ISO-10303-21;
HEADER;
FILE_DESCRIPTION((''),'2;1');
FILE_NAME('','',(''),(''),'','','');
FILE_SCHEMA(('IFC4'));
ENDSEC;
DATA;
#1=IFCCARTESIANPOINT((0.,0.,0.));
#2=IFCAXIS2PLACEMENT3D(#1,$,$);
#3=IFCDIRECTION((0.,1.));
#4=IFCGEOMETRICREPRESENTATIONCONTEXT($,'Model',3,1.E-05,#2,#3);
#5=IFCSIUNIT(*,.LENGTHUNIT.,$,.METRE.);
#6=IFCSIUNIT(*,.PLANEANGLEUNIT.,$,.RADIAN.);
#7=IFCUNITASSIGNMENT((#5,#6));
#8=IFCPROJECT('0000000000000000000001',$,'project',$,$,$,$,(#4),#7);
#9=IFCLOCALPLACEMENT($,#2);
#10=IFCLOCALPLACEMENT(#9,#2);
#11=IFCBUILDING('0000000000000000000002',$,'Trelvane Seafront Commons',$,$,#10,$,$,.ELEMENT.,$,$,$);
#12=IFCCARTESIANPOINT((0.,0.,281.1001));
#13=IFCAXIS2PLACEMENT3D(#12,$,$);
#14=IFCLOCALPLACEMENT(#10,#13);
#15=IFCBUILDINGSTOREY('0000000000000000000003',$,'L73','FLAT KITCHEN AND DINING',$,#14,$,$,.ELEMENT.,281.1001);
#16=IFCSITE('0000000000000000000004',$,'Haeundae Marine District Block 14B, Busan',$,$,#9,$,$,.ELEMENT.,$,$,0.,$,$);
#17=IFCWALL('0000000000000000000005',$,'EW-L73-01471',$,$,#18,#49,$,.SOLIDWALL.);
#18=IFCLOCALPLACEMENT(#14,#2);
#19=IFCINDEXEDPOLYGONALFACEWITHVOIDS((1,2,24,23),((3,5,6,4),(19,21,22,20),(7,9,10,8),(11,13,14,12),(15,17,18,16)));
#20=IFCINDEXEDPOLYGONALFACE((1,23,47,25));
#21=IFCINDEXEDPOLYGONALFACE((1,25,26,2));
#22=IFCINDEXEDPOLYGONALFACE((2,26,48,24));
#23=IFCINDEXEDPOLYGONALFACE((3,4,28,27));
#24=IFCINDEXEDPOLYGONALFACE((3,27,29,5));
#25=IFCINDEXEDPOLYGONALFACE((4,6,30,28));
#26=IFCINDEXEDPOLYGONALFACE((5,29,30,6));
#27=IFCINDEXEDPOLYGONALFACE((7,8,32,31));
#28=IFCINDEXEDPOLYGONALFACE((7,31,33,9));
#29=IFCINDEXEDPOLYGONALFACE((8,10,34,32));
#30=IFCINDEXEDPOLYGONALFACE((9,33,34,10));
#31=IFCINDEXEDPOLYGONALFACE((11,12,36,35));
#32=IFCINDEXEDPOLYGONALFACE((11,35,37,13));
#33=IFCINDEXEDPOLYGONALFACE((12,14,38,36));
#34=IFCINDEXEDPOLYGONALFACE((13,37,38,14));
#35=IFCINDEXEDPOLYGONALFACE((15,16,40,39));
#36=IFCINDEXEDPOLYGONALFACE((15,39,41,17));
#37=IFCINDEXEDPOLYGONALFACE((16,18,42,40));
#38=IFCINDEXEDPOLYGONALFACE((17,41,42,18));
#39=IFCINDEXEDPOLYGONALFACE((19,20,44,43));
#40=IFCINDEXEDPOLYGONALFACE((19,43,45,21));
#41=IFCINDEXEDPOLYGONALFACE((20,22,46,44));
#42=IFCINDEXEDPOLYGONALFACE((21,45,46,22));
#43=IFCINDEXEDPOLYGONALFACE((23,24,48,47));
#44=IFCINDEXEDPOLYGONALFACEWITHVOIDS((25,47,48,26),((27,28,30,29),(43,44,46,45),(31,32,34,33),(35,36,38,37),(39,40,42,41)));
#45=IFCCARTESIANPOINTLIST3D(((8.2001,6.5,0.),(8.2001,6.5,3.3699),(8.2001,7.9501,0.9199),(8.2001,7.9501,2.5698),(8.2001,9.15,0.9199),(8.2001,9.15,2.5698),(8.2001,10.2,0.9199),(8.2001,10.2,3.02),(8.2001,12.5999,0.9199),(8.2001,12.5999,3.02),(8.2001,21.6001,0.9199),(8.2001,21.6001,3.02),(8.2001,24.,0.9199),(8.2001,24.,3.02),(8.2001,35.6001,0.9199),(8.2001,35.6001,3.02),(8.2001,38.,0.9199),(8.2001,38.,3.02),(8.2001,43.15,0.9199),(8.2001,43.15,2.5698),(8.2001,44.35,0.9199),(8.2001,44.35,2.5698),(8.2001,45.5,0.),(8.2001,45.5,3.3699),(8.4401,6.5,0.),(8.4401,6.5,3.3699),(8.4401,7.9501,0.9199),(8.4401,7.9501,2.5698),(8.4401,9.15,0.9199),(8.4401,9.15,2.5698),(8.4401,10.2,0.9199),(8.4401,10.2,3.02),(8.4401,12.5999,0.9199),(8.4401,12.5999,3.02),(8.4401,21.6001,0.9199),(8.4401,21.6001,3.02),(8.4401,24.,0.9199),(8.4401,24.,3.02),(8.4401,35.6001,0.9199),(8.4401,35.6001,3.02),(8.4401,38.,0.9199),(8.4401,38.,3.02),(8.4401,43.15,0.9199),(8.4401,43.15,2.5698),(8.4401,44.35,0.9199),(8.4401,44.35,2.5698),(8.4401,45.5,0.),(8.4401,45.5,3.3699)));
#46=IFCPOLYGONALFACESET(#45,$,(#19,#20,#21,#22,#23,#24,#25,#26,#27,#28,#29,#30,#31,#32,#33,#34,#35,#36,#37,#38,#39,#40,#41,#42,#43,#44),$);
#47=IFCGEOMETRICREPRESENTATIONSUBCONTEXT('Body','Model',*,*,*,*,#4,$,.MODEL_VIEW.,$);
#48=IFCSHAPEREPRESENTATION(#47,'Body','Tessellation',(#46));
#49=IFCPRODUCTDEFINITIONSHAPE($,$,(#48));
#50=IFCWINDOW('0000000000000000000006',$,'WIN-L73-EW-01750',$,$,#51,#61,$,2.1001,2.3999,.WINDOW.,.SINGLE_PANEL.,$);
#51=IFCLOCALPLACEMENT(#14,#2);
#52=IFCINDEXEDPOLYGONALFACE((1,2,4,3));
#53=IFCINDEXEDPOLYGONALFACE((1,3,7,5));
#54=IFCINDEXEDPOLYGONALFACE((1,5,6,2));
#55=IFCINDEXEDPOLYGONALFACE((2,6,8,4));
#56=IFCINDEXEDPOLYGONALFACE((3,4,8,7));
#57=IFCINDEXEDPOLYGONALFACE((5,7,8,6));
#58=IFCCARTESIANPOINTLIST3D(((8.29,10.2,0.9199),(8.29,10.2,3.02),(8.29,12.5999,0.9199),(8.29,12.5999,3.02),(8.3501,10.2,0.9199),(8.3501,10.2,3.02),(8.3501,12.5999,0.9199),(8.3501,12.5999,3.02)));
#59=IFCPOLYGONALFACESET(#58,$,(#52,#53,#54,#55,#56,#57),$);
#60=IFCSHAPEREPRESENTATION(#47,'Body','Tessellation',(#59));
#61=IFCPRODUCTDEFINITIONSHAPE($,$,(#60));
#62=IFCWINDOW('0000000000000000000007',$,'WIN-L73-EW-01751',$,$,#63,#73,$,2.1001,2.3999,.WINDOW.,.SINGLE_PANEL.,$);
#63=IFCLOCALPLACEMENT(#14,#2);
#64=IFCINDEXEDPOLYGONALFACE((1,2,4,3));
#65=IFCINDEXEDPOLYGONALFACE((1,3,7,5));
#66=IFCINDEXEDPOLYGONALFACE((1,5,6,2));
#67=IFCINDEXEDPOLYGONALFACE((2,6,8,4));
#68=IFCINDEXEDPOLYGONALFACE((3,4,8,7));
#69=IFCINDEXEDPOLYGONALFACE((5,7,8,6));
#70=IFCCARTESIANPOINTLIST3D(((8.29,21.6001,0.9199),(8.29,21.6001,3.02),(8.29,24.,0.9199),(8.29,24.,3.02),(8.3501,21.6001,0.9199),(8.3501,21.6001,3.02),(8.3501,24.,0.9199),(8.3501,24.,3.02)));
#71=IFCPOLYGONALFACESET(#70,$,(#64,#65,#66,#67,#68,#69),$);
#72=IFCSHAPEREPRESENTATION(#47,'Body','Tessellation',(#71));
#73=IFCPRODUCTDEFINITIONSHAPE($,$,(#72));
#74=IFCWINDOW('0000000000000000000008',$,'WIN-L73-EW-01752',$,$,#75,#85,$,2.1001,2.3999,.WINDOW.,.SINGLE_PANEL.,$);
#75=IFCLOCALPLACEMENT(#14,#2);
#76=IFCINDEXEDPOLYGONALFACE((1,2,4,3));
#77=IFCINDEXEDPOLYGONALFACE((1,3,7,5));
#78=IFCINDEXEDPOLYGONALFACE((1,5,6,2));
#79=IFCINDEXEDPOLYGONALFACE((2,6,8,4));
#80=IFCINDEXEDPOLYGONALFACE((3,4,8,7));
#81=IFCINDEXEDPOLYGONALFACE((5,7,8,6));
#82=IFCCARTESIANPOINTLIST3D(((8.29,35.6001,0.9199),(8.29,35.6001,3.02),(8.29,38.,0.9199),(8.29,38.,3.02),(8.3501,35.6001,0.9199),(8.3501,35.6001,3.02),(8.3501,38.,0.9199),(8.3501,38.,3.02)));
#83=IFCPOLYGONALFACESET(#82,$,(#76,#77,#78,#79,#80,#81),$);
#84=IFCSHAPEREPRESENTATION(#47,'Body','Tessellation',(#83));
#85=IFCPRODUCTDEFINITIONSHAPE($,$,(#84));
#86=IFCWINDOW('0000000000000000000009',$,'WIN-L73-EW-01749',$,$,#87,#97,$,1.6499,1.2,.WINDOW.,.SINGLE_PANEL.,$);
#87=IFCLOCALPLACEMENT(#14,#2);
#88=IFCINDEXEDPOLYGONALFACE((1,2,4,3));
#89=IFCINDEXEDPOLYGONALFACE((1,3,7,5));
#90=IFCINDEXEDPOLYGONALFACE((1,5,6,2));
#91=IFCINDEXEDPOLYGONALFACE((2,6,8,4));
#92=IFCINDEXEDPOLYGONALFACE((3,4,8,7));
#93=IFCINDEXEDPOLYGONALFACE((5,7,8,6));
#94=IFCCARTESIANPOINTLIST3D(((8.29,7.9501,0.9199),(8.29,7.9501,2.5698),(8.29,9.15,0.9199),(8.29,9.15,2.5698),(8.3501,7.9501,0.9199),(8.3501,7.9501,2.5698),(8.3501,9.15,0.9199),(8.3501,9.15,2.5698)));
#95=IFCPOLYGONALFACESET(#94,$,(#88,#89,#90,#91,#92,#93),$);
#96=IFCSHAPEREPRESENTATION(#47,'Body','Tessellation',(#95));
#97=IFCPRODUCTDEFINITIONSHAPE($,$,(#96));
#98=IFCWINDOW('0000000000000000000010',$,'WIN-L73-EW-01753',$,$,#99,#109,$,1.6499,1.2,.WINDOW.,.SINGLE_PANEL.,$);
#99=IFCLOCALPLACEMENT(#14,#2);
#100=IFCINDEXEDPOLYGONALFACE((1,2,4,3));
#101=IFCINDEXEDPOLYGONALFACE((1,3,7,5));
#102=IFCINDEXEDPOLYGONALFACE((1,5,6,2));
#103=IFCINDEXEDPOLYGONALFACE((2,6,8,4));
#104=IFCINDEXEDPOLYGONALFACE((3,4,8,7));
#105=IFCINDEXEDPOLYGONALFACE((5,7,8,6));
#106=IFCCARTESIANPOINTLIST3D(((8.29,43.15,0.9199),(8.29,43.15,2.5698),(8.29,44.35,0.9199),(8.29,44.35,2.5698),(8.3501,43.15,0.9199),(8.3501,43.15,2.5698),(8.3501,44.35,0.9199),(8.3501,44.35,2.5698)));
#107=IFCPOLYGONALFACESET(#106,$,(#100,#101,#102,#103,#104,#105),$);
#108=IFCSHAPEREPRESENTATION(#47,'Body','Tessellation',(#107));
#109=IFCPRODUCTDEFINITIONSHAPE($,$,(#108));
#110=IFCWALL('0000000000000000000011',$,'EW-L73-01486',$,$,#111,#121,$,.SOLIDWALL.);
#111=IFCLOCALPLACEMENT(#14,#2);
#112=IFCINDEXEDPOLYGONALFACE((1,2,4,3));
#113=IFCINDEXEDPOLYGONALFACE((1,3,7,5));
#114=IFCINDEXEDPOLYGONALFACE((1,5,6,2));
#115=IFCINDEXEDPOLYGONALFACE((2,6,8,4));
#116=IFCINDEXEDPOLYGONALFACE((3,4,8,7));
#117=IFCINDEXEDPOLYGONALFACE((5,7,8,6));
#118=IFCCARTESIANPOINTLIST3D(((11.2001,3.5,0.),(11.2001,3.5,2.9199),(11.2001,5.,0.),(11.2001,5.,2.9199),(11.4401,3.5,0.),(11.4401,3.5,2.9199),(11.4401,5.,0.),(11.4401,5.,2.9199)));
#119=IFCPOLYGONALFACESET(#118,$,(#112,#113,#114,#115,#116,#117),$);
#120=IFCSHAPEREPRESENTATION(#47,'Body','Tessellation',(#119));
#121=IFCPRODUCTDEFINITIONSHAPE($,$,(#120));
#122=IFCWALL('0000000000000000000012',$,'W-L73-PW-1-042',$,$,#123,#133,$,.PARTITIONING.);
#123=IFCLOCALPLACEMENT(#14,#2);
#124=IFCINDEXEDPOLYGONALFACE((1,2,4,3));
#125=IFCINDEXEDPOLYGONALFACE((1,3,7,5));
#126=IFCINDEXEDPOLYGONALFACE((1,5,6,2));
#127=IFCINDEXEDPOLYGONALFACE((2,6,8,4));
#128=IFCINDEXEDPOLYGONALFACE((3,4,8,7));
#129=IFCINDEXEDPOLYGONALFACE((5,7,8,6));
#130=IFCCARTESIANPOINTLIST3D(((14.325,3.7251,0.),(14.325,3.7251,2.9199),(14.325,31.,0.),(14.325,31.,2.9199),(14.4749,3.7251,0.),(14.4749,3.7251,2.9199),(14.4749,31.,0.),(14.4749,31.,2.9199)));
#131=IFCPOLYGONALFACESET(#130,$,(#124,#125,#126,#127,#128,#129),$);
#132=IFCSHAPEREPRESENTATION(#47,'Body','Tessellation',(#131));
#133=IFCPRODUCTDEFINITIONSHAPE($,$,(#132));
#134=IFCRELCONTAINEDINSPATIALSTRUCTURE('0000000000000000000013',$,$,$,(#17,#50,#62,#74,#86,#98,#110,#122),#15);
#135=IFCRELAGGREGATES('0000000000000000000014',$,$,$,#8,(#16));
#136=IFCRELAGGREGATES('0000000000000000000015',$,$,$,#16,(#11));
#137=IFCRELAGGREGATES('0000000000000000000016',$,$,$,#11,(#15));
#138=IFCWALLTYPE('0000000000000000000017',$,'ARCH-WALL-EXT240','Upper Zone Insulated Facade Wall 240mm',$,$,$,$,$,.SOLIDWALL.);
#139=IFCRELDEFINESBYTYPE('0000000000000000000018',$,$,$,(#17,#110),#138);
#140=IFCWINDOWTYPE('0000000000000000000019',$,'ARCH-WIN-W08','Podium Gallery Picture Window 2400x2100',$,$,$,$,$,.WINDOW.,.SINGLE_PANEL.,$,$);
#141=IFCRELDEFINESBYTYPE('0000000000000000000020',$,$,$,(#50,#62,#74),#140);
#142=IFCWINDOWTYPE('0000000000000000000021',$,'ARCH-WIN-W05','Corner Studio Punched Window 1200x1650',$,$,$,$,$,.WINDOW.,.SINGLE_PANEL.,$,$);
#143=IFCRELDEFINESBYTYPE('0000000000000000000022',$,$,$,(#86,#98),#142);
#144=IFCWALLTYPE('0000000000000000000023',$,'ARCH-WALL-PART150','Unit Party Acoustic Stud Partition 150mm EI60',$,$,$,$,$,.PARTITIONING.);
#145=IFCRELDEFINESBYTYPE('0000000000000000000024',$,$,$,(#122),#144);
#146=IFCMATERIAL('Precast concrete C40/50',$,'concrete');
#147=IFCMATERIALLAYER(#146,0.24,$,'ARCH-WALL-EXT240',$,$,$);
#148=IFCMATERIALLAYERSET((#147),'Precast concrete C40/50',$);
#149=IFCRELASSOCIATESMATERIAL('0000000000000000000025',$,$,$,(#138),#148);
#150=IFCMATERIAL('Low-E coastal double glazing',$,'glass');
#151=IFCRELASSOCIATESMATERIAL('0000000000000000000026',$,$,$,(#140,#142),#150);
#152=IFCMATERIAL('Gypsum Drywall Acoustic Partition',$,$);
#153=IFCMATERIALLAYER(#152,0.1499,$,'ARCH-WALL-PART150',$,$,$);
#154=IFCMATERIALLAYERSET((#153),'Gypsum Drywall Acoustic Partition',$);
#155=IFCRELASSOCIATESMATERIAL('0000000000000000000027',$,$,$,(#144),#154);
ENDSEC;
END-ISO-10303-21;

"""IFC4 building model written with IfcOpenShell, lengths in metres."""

from ifc_helpers import new_model, si_unit, direction, frame, frame_2d, origin, place, context, subcontext, project, spatial, rectangle, extrude, source, transform, mapped, material, layer, layer_set, type_object, element, fill, save


model = new_model("IFC4")

# Units and contexts
model_context = context("Model", 3, precision=1e-05, world=origin(), true_north=direction((0.0, 1.0)))
body_context = subcontext(model_context, "Body", "Model", "MODEL_VIEW")
ifc_project = project(units=[si_unit("LENGTHUNIT", "METRE"), si_unit("PLANEANGLEUNIT", "RADIAN")], contexts=[model_context])

# Site, building, storey
site_placement = place(None, origin())
site = spatial("IfcSite", under=ifc_project, at=site_placement, Name="Haeundae Marine District Block 14B, Busan", CompositionType="ELEMENT", RefElevation=0.0)
building_placement = place(site_placement, origin())
building = spatial("IfcBuilding", under=site, at=building_placement, Name="Trelvane Seafront Commons", CompositionType="ELEMENT")
storey_placement = place(building_placement, frame((0.0, 0.0, 281.1001)))
storey = spatial("IfcBuildingStorey", under=building, at=storey_placement, Name="L73", Description="FLAT KITCHEN AND DINING", CompositionType="ELEMENT", Elevation=281.1001)

# Shared definitions
ifc_material_1 = material(Name="Precast concrete C40/50", Category="concrete")
ifc_layer_1 = layer(ifc_material_1, 0.24, Name="ARCH-WALL-EXT240")
ifc_layer_set_1 = layer_set([ifc_layer_1], Name="Precast concrete C40/50")
wall_type_1 = type_object("IfcWallType", Name="ARCH-WALL-EXT240", Description="Upper Zone Insulated Facade Wall 240mm", PredefinedType="SOLIDWALL", material=ifc_layer_set_1)

# Wall, openings, windows
wall_1_placement = place(storey_placement, frame((8.3201, 6.5, 0.0), z_axis=(0.0, 0.0, 1.0), x_axis=(0.0, 1.0, 0.0)))
wall_1 = element("IfcWall", 1, at=wall_1_placement, inside=storey, type_object=wall_type_1, Name="EW-L73-01471", PredefinedType="SOLIDWALL", context=body_context, shape_type="SweptSolid", body=[
    extrude(rectangle(XDim=39.0, YDim=0.24, at=frame_2d((19.5, 0.0))), origin(), (0.0, 0.0, 1.0), 3.3699),
])
opening_1_placement = place(wall_1_placement, frame((1.45, 0.0, 0.9199)))
opening_1 = element("IfcOpeningElement", 2, at=opening_1_placement, cuts=wall_1, PredefinedType="OPENING", context=body_context, shape_type="SweptSolid", body=[
    extrude(rectangle(XDim=1.2, YDim=1.6499, at=frame_2d((0.6001, 0.825))), frame((0.0, 0.1299, 0.0), z_axis=(0.0, -1.0, 0.0), x_axis=(1.0, 0.0, 0.0)), (0.0, 0.0, 1.0), 0.26),
])
opening_2_placement = place(wall_1_placement, frame((3.7, 0.0, 0.9199)))
opening_2 = element("IfcOpeningElement", 3, at=opening_2_placement, cuts=wall_1, PredefinedType="OPENING", context=body_context, shape_type="SweptSolid", body=[
    extrude(rectangle(XDim=2.3999, YDim=2.1001, at=frame_2d((1.2, 1.05))), frame((0.0, 0.1299, 0.0), z_axis=(0.0, -1.0, 0.0), x_axis=(1.0, 0.0, 0.0)), (0.0, 0.0, 1.0), 0.26),
])
opening_3_placement = place(wall_1_placement, frame((15.1001, 0.0, 0.9199)))
opening_3 = element("IfcOpeningElement", 4, at=opening_3_placement, cuts=wall_1, PredefinedType="OPENING", context=body_context, shape_type="SweptSolid", body=[
    extrude(rectangle(XDim=2.3999, YDim=2.1001, at=frame_2d((1.2, 1.05))), frame((0.0, 0.1299, 0.0), z_axis=(0.0, -1.0, 0.0), x_axis=(1.0, 0.0, 0.0)), (0.0, 0.0, 1.0), 0.26),
])
opening_4_placement = place(wall_1_placement, frame((29.1001, 0.0, 0.9199)))
opening_4 = element("IfcOpeningElement", 5, at=opening_4_placement, cuts=wall_1, PredefinedType="OPENING", context=body_context, shape_type="SweptSolid", body=[
    extrude(rectangle(XDim=2.3999, YDim=2.1001, at=frame_2d((1.2, 1.05))), frame((0.0, 0.1299, 0.0), z_axis=(0.0, -1.0, 0.0), x_axis=(1.0, 0.0, 0.0)), (0.0, 0.0, 1.0), 0.26),
])
opening_5_placement = place(wall_1_placement, frame((36.6499, 0.0, 0.9199)))
opening_5 = element("IfcOpeningElement", 6, at=opening_5_placement, cuts=wall_1, PredefinedType="OPENING", context=body_context, shape_type="SweptSolid", body=[
    extrude(rectangle(XDim=1.2, YDim=1.6499, at=frame_2d((0.6001, 0.825))), frame((0.0, 0.1299, 0.0), z_axis=(0.0, -1.0, 0.0), x_axis=(1.0, 0.0, 0.0)), (0.0, 0.0, 1.0), 0.26),
])
ifc_material_2 = material(Name="Low-E coastal double glazing", Category="glass")
window_type_1 = type_object("IfcWindowType", Name="ARCH-WIN-W08", Description="Podium Gallery Picture Window 2400x2100", PartitioningType="SINGLE_PANEL", PredefinedType="WINDOW", material=ifc_material_2)
shared_shape_1 = source(origin(), body_context, "Body", "SweptSolid", [
    extrude(rectangle(XDim=2.3999, YDim=2.1001, at=frame_2d((1.2, 1.05))), frame((0.0, 0.03, 0.0), z_axis=(0.0, -1.0, 0.0), x_axis=(1.0, 0.0, 0.0)), (0.0, 0.0, 1.0), 0.0601),
])
window_1_placement = place(opening_2_placement, origin())
window_1 = element("IfcWindow", 7, at=window_1_placement, inside=storey, type_object=window_type_1, Name="WIN-L73-EW-01750", OverallHeight=2.1001, OverallWidth=2.3999, PartitioningType="SINGLE_PANEL", PredefinedType="WINDOW", context=body_context, shape_type="MappedRepresentation", body=[
    mapped(shared_shape_1, transform((0.0, 0.0, 0.0), x_axis=(1.0, 0.0, 0.0), y_axis=(0.0, 1.0, 0.0), z_axis=(0.0, 0.0, 1.0), scale=1.0)),
])
fill(opening_2, window_1)
window_2_placement = place(opening_3_placement, origin())
window_2 = element("IfcWindow", 8, at=window_2_placement, inside=storey, type_object=window_type_1, Name="WIN-L73-EW-01751", OverallHeight=2.1001, OverallWidth=2.3999, PartitioningType="SINGLE_PANEL", PredefinedType="WINDOW", context=body_context, shape_type="MappedRepresentation", body=[
    mapped(shared_shape_1, transform((0.0, 0.0, 0.0), x_axis=(1.0, 0.0, 0.0), y_axis=(0.0, 1.0, 0.0), z_axis=(0.0, 0.0, 1.0), scale=1.0)),
])
fill(opening_3, window_2)
window_3_placement = place(opening_4_placement, origin())
window_3 = element("IfcWindow", 9, at=window_3_placement, inside=storey, type_object=window_type_1, Name="WIN-L73-EW-01752", OverallHeight=2.1001, OverallWidth=2.3999, PartitioningType="SINGLE_PANEL", PredefinedType="WINDOW", context=body_context, shape_type="MappedRepresentation", body=[
    mapped(shared_shape_1, transform((0.0, 0.0, 0.0), x_axis=(1.0, 0.0, 0.0), y_axis=(0.0, 1.0, 0.0), z_axis=(0.0, 0.0, 1.0), scale=1.0)),
])
fill(opening_4, window_3)
window_type_2 = type_object("IfcWindowType", Name="ARCH-WIN-W05", Description="Corner Studio Punched Window 1200x1650", PartitioningType="SINGLE_PANEL", PredefinedType="WINDOW", material=ifc_material_2)
shared_shape_2 = source(origin(), body_context, "Body", "SweptSolid", [
    extrude(rectangle(XDim=1.2, YDim=1.6499, at=frame_2d((0.6001, 0.825))), frame((0.0, 0.03, 0.0), z_axis=(0.0, -1.0, 0.0), x_axis=(1.0, 0.0, 0.0)), (0.0, 0.0, 1.0), 0.0601),
])
window_4_placement = place(opening_1_placement, origin())
window_4 = element("IfcWindow", 10, at=window_4_placement, inside=storey, type_object=window_type_2, Name="WIN-L73-EW-01749", OverallHeight=1.6499, OverallWidth=1.2, PartitioningType="SINGLE_PANEL", PredefinedType="WINDOW", context=body_context, shape_type="MappedRepresentation", body=[
    mapped(shared_shape_2, transform((0.0, 0.0, 0.0), x_axis=(1.0, 0.0, 0.0), y_axis=(0.0, 1.0, 0.0), z_axis=(0.0, 0.0, 1.0), scale=1.0)),
])
fill(opening_1, window_4)
window_5_placement = place(opening_5_placement, origin())
window_5 = element("IfcWindow", 11, at=window_5_placement, inside=storey, type_object=window_type_2, Name="WIN-L73-EW-01753", OverallHeight=1.6499, OverallWidth=1.2, PartitioningType="SINGLE_PANEL", PredefinedType="WINDOW", context=body_context, shape_type="MappedRepresentation", body=[
    mapped(shared_shape_2, transform((0.0, 0.0, 0.0), x_axis=(1.0, 0.0, 0.0), y_axis=(0.0, 1.0, 0.0), z_axis=(0.0, 0.0, 1.0), scale=1.0)),
])
fill(opening_5, window_5)

# Wall
wall_2_placement = place(storey_placement, frame((11.3201, 3.5, 0.0), z_axis=(0.0, 0.0, 1.0), x_axis=(0.0, 1.0, 0.0)))
element("IfcWall", 12, at=wall_2_placement, inside=storey, type_object=wall_type_1, Name="EW-L73-01486", PredefinedType="SOLIDWALL", context=body_context, shape_type="SweptSolid", body=[
    extrude(rectangle(XDim=1.5, YDim=0.24, at=frame_2d((0.75, 0.0))), origin(), (0.0, 0.0, 1.0), 2.9199),
])

# Shared definitions
ifc_material_3 = material(Name="Gypsum Drywall Acoustic Partition")

# Wall
ifc_layer_2 = layer(ifc_material_3, 0.1499, Name="ARCH-WALL-PART150")
ifc_layer_set_2 = layer_set([ifc_layer_2], Name="Gypsum Drywall Acoustic Partition")
wall_type_2 = type_object("IfcWallType", Name="ARCH-WALL-PART150", Description="Unit Party Acoustic Stud Partition 150mm EI60", PredefinedType="PARTITIONING", material=ifc_layer_set_2)
wall_3_placement = place(storey_placement, frame((14.3999, 3.7251, 0.0), z_axis=(0.0, 0.0, 1.0), x_axis=(0.0, 1.0, 0.0)))
element("IfcWall", 13, at=wall_3_placement, inside=storey, type_object=wall_type_2, Name="W-L73-PW-1-042", PredefinedType="PARTITIONING", context=body_context, shape_type="SweptSolid", body=[
    extrude(rectangle(XDim=27.2749, YDim=0.1499, at=frame_2d((13.6375, 0.0))), origin(), (0.0, 0.0, 1.0), 2.9199),
])

save(model, "model.ifc")
